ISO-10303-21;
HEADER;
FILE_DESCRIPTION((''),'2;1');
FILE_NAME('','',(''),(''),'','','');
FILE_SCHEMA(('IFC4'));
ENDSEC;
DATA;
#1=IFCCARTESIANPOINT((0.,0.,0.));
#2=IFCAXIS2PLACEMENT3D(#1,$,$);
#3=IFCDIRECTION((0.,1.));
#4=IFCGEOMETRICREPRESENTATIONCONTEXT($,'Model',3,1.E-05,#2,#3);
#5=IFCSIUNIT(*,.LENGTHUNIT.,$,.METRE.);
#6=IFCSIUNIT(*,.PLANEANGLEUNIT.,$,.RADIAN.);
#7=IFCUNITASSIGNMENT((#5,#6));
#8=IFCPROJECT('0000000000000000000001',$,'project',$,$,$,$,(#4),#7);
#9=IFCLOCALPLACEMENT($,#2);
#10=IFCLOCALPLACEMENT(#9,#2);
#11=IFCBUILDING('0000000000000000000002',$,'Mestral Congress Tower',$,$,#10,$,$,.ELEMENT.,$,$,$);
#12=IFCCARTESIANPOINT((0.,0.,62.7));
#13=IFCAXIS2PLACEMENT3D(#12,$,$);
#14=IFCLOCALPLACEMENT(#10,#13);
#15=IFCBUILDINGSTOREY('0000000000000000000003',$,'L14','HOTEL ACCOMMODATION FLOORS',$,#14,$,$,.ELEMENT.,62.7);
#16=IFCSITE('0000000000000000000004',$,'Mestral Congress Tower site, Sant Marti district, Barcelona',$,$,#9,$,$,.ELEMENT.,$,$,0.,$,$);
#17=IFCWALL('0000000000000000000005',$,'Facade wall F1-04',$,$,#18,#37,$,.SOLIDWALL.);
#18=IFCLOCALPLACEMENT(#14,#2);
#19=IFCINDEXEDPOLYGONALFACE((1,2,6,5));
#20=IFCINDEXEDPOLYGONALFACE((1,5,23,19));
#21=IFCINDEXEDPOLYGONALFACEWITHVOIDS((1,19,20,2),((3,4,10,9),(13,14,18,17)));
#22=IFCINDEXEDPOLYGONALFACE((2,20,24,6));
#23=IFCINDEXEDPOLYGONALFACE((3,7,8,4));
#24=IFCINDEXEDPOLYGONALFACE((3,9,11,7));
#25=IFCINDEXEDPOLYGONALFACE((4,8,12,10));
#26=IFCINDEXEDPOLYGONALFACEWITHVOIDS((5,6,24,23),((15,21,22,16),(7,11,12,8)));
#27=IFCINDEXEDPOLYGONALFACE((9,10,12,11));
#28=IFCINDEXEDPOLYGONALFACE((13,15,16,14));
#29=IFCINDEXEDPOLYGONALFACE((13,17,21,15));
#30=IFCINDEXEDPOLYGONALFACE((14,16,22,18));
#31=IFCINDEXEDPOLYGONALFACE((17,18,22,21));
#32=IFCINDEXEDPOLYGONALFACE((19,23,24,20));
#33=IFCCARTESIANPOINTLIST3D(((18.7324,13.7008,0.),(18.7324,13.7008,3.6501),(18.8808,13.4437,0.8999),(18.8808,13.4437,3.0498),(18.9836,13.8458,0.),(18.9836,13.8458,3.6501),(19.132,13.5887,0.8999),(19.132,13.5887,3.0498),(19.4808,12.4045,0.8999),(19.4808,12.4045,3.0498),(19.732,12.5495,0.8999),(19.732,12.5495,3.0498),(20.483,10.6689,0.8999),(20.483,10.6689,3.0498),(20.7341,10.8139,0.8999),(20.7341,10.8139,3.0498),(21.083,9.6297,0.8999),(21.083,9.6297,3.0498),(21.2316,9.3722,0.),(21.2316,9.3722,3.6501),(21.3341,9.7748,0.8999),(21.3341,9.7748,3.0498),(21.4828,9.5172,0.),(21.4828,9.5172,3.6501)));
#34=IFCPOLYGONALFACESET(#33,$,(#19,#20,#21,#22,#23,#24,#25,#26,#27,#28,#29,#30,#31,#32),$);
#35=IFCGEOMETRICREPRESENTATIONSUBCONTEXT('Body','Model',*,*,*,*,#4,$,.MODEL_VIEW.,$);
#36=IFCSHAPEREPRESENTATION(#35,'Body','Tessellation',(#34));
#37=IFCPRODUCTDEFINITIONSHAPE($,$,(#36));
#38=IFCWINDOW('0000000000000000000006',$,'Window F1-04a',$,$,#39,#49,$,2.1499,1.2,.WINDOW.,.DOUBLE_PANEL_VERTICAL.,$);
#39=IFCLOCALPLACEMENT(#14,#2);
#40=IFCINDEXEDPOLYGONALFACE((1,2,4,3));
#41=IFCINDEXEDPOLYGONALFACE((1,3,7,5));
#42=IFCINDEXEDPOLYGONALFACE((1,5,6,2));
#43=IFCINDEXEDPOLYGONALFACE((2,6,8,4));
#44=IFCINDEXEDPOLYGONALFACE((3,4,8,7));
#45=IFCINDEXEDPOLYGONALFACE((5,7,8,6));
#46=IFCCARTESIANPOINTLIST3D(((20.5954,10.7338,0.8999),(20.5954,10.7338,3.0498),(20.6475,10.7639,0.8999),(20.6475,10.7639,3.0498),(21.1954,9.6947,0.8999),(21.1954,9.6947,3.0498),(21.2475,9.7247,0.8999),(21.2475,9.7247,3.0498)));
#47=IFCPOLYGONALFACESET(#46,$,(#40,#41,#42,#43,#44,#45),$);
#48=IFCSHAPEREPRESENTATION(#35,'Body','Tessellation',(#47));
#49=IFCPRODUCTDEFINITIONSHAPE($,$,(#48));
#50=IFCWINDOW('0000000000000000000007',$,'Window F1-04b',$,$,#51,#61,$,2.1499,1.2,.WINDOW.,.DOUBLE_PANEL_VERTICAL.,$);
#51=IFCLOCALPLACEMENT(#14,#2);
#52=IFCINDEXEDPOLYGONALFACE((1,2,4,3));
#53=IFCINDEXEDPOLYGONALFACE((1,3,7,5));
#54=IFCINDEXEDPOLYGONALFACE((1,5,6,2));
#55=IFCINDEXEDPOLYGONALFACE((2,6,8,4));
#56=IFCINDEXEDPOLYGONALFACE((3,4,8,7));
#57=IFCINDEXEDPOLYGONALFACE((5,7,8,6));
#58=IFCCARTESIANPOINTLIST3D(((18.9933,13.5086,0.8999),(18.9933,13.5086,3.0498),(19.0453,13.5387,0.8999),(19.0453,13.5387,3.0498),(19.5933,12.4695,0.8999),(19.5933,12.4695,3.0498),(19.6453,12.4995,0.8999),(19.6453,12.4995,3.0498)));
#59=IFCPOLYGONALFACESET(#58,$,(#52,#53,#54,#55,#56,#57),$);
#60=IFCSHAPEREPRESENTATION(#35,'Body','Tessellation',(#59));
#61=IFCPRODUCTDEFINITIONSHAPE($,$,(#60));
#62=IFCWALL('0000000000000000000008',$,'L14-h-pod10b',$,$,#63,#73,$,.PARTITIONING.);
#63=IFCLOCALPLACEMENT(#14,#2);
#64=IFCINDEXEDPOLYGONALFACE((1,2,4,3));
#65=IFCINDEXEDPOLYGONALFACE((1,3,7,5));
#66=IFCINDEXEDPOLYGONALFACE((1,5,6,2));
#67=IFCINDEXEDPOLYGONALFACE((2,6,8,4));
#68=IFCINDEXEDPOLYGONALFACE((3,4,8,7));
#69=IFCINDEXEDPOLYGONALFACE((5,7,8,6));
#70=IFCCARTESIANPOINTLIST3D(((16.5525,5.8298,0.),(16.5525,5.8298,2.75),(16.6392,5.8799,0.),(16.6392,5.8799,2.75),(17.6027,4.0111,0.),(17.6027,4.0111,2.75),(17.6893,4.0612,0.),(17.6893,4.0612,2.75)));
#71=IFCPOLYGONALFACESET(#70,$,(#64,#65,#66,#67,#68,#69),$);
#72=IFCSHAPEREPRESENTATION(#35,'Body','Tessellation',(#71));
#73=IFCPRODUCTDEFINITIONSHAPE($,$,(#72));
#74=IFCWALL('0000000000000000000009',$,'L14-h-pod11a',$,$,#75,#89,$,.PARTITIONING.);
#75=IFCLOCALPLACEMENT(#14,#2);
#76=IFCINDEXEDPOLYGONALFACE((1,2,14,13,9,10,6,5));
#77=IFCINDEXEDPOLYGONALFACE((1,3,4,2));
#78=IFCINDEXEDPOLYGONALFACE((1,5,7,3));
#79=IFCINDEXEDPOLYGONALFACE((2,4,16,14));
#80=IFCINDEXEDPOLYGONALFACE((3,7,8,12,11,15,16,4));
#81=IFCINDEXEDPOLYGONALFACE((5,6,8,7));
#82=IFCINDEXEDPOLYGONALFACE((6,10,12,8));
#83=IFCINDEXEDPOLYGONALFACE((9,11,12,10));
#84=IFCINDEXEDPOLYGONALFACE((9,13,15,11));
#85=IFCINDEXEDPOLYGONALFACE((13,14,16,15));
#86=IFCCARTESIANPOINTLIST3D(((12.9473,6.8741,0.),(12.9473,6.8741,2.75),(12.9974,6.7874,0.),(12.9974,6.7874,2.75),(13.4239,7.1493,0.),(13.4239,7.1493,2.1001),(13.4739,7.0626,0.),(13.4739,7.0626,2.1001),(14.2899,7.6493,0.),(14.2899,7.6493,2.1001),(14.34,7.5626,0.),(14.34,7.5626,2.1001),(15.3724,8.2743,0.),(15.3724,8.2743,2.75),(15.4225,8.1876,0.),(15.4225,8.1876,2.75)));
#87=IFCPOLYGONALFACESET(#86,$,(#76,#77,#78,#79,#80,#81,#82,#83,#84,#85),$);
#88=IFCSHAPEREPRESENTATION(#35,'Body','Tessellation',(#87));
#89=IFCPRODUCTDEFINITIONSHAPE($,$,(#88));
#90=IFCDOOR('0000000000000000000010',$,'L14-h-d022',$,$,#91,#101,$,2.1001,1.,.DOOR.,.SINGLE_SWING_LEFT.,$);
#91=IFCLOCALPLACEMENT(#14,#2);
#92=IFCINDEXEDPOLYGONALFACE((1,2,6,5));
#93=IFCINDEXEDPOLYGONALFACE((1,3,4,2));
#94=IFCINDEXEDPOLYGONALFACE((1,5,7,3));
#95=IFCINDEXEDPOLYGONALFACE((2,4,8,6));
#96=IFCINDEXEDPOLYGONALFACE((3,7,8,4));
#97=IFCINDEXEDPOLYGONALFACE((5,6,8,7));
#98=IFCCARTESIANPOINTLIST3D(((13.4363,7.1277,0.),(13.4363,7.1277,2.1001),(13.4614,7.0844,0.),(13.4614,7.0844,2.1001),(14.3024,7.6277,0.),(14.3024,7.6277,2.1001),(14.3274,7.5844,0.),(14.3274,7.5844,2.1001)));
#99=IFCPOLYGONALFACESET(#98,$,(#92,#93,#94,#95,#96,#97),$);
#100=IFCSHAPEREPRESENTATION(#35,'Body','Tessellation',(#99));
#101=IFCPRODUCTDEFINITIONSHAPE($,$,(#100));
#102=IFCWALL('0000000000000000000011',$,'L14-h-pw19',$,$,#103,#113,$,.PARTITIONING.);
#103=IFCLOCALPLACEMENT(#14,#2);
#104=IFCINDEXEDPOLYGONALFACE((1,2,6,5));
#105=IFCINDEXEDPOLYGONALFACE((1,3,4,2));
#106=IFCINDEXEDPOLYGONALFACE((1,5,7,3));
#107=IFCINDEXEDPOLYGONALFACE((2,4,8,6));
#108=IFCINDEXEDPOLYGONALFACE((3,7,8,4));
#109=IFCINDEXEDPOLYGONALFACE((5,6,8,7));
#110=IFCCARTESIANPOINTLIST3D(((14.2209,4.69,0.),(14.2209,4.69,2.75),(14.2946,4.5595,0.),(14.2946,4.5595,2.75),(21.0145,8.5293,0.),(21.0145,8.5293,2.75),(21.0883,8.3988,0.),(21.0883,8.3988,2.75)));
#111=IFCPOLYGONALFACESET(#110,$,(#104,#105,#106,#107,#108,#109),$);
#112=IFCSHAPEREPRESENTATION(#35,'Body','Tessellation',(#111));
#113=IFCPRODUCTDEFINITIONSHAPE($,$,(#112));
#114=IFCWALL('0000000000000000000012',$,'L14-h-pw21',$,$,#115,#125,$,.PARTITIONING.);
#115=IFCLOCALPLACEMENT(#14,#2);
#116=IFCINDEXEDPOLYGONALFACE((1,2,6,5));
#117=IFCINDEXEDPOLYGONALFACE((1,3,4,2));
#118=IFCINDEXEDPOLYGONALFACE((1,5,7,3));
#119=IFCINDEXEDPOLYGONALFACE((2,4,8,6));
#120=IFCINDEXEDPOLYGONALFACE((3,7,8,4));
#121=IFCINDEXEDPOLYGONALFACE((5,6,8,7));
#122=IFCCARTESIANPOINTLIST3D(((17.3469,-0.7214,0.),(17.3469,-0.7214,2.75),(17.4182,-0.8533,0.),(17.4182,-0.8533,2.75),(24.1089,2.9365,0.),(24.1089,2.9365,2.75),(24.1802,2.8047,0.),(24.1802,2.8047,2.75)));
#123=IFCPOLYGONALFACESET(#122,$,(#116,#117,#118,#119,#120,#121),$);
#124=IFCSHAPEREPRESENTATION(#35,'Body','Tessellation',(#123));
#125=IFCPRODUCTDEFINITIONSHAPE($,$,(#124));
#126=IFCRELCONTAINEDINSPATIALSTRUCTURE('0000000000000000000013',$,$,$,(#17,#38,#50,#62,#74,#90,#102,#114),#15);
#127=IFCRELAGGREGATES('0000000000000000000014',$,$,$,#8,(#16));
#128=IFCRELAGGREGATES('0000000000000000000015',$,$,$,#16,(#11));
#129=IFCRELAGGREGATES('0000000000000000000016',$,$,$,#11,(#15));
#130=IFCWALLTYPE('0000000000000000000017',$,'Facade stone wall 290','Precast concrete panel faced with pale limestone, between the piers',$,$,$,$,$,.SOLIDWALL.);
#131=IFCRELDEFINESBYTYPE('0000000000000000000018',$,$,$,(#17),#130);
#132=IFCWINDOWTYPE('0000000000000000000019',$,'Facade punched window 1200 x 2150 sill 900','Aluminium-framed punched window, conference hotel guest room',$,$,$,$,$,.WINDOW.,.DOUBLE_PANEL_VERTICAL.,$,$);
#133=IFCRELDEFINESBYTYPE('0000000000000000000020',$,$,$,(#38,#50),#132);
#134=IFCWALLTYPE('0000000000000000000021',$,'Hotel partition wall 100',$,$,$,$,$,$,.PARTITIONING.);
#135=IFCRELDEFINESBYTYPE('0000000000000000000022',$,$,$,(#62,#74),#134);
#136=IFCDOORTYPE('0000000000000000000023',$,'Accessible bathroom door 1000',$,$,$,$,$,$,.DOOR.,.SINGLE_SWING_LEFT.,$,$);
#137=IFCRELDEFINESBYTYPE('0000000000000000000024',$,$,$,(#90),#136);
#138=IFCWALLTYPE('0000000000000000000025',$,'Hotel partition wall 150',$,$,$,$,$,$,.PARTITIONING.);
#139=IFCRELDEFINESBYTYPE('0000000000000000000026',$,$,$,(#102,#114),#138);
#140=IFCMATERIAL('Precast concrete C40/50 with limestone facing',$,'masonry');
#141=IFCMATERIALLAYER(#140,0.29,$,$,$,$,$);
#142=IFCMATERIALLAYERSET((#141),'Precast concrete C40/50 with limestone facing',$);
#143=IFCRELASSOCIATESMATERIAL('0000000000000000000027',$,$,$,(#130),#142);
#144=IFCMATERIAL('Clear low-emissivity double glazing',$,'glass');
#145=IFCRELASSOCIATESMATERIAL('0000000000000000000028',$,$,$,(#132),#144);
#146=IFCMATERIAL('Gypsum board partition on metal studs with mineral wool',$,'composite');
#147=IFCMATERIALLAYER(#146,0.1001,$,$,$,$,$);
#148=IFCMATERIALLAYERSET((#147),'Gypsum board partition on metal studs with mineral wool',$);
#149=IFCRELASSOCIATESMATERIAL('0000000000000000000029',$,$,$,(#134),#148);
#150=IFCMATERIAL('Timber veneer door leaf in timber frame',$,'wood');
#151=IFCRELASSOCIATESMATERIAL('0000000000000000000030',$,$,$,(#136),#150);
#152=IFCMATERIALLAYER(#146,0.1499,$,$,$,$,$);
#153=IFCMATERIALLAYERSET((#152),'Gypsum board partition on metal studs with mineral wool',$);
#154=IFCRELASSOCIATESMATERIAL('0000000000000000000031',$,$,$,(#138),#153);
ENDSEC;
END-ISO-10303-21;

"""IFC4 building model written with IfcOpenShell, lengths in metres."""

from ifc_helpers import new_model, si_unit, direction, frame, frame_2d, origin, place, context, subcontext, project, spatial, rectangle, extrude, material, layer, layer_set, type_object, element, fill, save


model = new_model("IFC4")

# Units and contexts
model_context = context("Model", 3, precision=1e-05, world=origin(), true_north=direction((0.0, 1.0)))
body_context = subcontext(model_context, "Body", "Model", "MODEL_VIEW")
ifc_project = project(units=[si_unit("LENGTHUNIT", "METRE"), si_unit("PLANEANGLEUNIT", "RADIAN")], contexts=[model_context])

# Site, building, storey
site_placement = place(None, origin())
site = spatial("IfcSite", under=ifc_project, at=site_placement, Name="Mestral Congress Tower site, Sant Marti district, Barcelona", CompositionType="ELEMENT", RefElevation=0.0)
building_placement = place(site_placement, origin())
building = spatial("IfcBuilding", under=site, at=building_placement, Name="Mestral Congress Tower", CompositionType="ELEMENT")
storey_placement = place(building_placement, frame((0.0, 0.0, 62.7)))
storey = spatial("IfcBuildingStorey", under=building, at=storey_placement, Name="L14", Description="HOTEL ACCOMMODATION FLOORS", CompositionType="ELEMENT", Elevation=62.7)

# Wall, openings, windows
ifc_material_1 = material(Name="Precast concrete C40/50 with limestone facing", Category="masonry")
ifc_layer_1 = layer(ifc_material_1, 0.29)
ifc_layer_set_1 = layer_set([ifc_layer_1], Name="Precast concrete C40/50 with limestone facing")
wall_type_1 = type_object("IfcWallType", Name="Facade stone wall 290", Description="Precast concrete panel faced with pale limestone, between the piers", PredefinedType="SOLIDWALL", material=ifc_layer_set_1)
ifc_material_2 = material(Name="Clear low-emissivity double glazing", Category="glass")
window_type = type_object("IfcWindowType", Name="Facade punched window 1200 x 2150 sill 900", Description="Aluminium-framed punched window, conference hotel guest room", PartitioningType="DOUBLE_PANEL_VERTICAL", PredefinedType="WINDOW", material=ifc_material_2)
wall_1_placement = place(storey_placement, frame((21.3572, 9.4448, 0.0), z_axis=(0.0, 0.0, 1.0), x_axis=(-0.500021, 0.866013, 0.0)))
wall_1 = element("IfcWall", 1, at=wall_1_placement, inside=storey, type_object=wall_type_1, Name="Facade wall F1-04", PredefinedType="SOLIDWALL", context=body_context, shape_type="SweptSolid", body=[
    extrude(rectangle(XDim=4.9983, YDim=0.29, at=frame_2d((2.499, 0.0))), origin(), (0.0, 0.0, 1.0), 3.6501),
])
opening_1_placement = place(wall_1_placement, frame((0.2971, 0.0, 0.8999)))
opening_1 = element("IfcOpeningElement", 2, at=opening_1_placement, cuts=wall_1, PredefinedType="OPENING", context=body_context, shape_type="SweptSolid", body=[
    extrude(rectangle(XDim=1.2, YDim=2.1499, at=frame_2d((0.6001, 1.075))), frame((0.0, 0.155, 0.0), z_axis=(0.0, -1.0, 0.0), x_axis=(1.0, 0.0, 0.0)), (0.0, 0.0, 1.0), 0.3101),
])
opening_2_placement = place(wall_1_placement, frame((3.5012, 0.0, 0.8999)))
opening_2 = element("IfcOpeningElement", 3, at=opening_2_placement, cuts=wall_1, PredefinedType="OPENING", context=body_context, shape_type="SweptSolid", body=[
    extrude(rectangle(XDim=1.2, YDim=2.1499, at=frame_2d((0.6001, 1.075))), frame((0.0, 0.155, 0.0), z_axis=(0.0, -1.0, 0.0), x_axis=(1.0, 0.0, 0.0)), (0.0, 0.0, 1.0), 0.3101),
])
window_1_placement = place(opening_1_placement, origin())
window_1 = element("IfcWindow", 4, at=window_1_placement, inside=storey, type_object=window_type, Name="Window F1-04a", OverallHeight=2.1499, OverallWidth=1.2, PartitioningType="DOUBLE_PANEL_VERTICAL", PredefinedType="WINDOW", context=body_context, shape_type="SweptSolid", body=[
    extrude(rectangle(XDim=1.2, YDim=2.1499, at=frame_2d((0.6001, 1.075))), frame((0.0, 0.0151, 0.0), z_axis=(0.0, -1.0, 0.0), x_axis=(1.0, 0.0, 0.0)), (0.0, 0.0, 1.0), 0.0601),
])
fill(opening_1, window_1)
window_2_placement = place(opening_2_placement, origin())
window_2 = element("IfcWindow", 5, at=window_2_placement, inside=storey, type_object=window_type, Name="Window F1-04b", OverallHeight=2.1499, OverallWidth=1.2, PartitioningType="DOUBLE_PANEL_VERTICAL", PredefinedType="WINDOW", context=body_context, shape_type="SweptSolid", body=[
    extrude(rectangle(XDim=1.2, YDim=2.1499, at=frame_2d((0.6001, 1.075))), frame((0.0, 0.0151, 0.0), z_axis=(0.0, -1.0, 0.0), x_axis=(1.0, 0.0, 0.0)), (0.0, 0.0, 1.0), 0.0601),
])
fill(opening_2, window_2)

# Wall
ifc_material_3 = material(Name="Gypsum board partition on metal studs with mineral wool", Category="composite")
ifc_layer_2 = layer(ifc_material_3, 0.1001)
ifc_layer_set_2 = layer_set([ifc_layer_2], Name="Gypsum board partition on metal studs with mineral wool")
wall_type_2 = type_object("IfcWallType", Name="Hotel partition wall 100", PredefinedType="PARTITIONING", material=ifc_layer_set_2)
wall_2_placement = place(storey_placement, frame((17.646, 4.0361, 0.0), z_axis=(0.0, 0.0, 1.0), x_axis=(-0.500028, 0.866009, 0.0)))
element("IfcWall", 6, at=wall_2_placement, inside=storey, type_object=wall_type_2, Name="L14-h-pod10b", PredefinedType="PARTITIONING", context=body_context, shape_type="SweptSolid", body=[
    extrude(rectangle(XDim=2.1001, YDim=0.1001, at=frame_2d((1.05, 0.0))), origin(), (0.0, 0.0, 1.0), 2.75),
])

# Wall, opening, door
wall_3_placement = place(storey_placement, frame((15.3975, 8.231, 0.0), z_axis=(0.0, 0.0, 1.0), x_axis=(-0.866019, -0.500012, 0.0)))
wall_3 = element("IfcWall", 7, at=wall_3_placement, inside=storey, type_object=wall_type_2, Name="L14-h-pod11a", PredefinedType="PARTITIONING", context=body_context, shape_type="SweptSolid", body=[
    extrude(rectangle(XDim=2.8003, YDim=0.1001, at=frame_2d((1.4001, 0.0))), origin(), (0.0, 0.0, 1.0), 2.75),
])
opening_3_placement = place(wall_3_placement, frame((1.25, 0.0, 0.0)))
opening_3 = element("IfcOpeningElement", 8, at=opening_3_placement, cuts=wall_3, PredefinedType="OPENING", context=body_context, shape_type="SweptSolid", body=[
    extrude(rectangle(XDim=1.0, YDim=2.1001, at=frame_2d((0.5, 1.05))), frame((0.0, 0.0601, 0.0), z_axis=(0.0, -1.0, 0.0), x_axis=(1.0, 0.0, 0.0)), (0.0, 0.0, 1.0), 0.1201),
])
ifc_material_4 = material(Name="Timber veneer door leaf in timber frame", Category="wood")
door_type = type_object("IfcDoorType", Name="Accessible bathroom door 1000", OperationType="SINGLE_SWING_LEFT", PredefinedType="DOOR", material=ifc_material_4)
door_placement = place(opening_3_placement, origin())
door = element("IfcDoor", 9, at=door_placement, inside=storey, type_object=door_type, Name="L14-h-d022", OperationType="SINGLE_SWING_LEFT", OverallHeight=2.1001, OverallWidth=1.0, PredefinedType="DOOR", context=body_context, shape_type="SweptSolid", body=[
    extrude(rectangle(XDim=1.0, YDim=2.1001, at=frame_2d((0.5, 1.05))), frame((0.0, 0.0249, 0.0), z_axis=(0.0, -1.0, 0.0), x_axis=(1.0, 0.0, 0.0)), (0.0, 0.0, 1.0), 0.05),
])
fill(opening_3, door)

# Walls
ifc_layer_3 = layer(ifc_material_3, 0.1499)
ifc_layer_set_3 = layer_set([ifc_layer_3], Name="Gypsum board partition on metal studs with mineral wool")
wall_type_3 = type_object("IfcWallType", Name="Hotel partition wall 150", PredefinedType="PARTITIONING", material=ifc_layer_set_3)
wall_4_placement = place(storey_placement, frame((21.0515, 8.4641, 0.0), z_axis=(0.0, 0.0, 1.0), x_axis=(-0.870594, -0.492003, 0.0)))
element("IfcWall", 10, at=wall_4_placement, inside=storey, type_object=wall_type_3, Name="L14-h-pw19", PredefinedType="PARTITIONING", context=body_context, shape_type="SweptSolid", body=[
    extrude(rectangle(XDim=7.8035, YDim=0.1499, at=frame_2d((3.9019, 0.0))), origin(), (0.0, 0.0, 1.0), 2.75),
])
wall_5_placement = place(storey_placement, frame((24.1445, 2.8706, 0.0), z_axis=(0.0, 0.0, 1.0), x_axis=(-0.879552, -0.475803, 0.0)))
element("IfcWall", 11, at=wall_5_placement, inside=storey, type_object=wall_type_3, Name="L14-h-pw21", PredefinedType="PARTITIONING", context=body_context, shape_type="SweptSolid", body=[
    extrude(rectangle(XDim=7.688, YDim=0.1499, at=frame_2d((3.844, 0.0))), origin(), (0.0, 0.0, 1.0), 2.75),
])

save(model, "model.ifc")
